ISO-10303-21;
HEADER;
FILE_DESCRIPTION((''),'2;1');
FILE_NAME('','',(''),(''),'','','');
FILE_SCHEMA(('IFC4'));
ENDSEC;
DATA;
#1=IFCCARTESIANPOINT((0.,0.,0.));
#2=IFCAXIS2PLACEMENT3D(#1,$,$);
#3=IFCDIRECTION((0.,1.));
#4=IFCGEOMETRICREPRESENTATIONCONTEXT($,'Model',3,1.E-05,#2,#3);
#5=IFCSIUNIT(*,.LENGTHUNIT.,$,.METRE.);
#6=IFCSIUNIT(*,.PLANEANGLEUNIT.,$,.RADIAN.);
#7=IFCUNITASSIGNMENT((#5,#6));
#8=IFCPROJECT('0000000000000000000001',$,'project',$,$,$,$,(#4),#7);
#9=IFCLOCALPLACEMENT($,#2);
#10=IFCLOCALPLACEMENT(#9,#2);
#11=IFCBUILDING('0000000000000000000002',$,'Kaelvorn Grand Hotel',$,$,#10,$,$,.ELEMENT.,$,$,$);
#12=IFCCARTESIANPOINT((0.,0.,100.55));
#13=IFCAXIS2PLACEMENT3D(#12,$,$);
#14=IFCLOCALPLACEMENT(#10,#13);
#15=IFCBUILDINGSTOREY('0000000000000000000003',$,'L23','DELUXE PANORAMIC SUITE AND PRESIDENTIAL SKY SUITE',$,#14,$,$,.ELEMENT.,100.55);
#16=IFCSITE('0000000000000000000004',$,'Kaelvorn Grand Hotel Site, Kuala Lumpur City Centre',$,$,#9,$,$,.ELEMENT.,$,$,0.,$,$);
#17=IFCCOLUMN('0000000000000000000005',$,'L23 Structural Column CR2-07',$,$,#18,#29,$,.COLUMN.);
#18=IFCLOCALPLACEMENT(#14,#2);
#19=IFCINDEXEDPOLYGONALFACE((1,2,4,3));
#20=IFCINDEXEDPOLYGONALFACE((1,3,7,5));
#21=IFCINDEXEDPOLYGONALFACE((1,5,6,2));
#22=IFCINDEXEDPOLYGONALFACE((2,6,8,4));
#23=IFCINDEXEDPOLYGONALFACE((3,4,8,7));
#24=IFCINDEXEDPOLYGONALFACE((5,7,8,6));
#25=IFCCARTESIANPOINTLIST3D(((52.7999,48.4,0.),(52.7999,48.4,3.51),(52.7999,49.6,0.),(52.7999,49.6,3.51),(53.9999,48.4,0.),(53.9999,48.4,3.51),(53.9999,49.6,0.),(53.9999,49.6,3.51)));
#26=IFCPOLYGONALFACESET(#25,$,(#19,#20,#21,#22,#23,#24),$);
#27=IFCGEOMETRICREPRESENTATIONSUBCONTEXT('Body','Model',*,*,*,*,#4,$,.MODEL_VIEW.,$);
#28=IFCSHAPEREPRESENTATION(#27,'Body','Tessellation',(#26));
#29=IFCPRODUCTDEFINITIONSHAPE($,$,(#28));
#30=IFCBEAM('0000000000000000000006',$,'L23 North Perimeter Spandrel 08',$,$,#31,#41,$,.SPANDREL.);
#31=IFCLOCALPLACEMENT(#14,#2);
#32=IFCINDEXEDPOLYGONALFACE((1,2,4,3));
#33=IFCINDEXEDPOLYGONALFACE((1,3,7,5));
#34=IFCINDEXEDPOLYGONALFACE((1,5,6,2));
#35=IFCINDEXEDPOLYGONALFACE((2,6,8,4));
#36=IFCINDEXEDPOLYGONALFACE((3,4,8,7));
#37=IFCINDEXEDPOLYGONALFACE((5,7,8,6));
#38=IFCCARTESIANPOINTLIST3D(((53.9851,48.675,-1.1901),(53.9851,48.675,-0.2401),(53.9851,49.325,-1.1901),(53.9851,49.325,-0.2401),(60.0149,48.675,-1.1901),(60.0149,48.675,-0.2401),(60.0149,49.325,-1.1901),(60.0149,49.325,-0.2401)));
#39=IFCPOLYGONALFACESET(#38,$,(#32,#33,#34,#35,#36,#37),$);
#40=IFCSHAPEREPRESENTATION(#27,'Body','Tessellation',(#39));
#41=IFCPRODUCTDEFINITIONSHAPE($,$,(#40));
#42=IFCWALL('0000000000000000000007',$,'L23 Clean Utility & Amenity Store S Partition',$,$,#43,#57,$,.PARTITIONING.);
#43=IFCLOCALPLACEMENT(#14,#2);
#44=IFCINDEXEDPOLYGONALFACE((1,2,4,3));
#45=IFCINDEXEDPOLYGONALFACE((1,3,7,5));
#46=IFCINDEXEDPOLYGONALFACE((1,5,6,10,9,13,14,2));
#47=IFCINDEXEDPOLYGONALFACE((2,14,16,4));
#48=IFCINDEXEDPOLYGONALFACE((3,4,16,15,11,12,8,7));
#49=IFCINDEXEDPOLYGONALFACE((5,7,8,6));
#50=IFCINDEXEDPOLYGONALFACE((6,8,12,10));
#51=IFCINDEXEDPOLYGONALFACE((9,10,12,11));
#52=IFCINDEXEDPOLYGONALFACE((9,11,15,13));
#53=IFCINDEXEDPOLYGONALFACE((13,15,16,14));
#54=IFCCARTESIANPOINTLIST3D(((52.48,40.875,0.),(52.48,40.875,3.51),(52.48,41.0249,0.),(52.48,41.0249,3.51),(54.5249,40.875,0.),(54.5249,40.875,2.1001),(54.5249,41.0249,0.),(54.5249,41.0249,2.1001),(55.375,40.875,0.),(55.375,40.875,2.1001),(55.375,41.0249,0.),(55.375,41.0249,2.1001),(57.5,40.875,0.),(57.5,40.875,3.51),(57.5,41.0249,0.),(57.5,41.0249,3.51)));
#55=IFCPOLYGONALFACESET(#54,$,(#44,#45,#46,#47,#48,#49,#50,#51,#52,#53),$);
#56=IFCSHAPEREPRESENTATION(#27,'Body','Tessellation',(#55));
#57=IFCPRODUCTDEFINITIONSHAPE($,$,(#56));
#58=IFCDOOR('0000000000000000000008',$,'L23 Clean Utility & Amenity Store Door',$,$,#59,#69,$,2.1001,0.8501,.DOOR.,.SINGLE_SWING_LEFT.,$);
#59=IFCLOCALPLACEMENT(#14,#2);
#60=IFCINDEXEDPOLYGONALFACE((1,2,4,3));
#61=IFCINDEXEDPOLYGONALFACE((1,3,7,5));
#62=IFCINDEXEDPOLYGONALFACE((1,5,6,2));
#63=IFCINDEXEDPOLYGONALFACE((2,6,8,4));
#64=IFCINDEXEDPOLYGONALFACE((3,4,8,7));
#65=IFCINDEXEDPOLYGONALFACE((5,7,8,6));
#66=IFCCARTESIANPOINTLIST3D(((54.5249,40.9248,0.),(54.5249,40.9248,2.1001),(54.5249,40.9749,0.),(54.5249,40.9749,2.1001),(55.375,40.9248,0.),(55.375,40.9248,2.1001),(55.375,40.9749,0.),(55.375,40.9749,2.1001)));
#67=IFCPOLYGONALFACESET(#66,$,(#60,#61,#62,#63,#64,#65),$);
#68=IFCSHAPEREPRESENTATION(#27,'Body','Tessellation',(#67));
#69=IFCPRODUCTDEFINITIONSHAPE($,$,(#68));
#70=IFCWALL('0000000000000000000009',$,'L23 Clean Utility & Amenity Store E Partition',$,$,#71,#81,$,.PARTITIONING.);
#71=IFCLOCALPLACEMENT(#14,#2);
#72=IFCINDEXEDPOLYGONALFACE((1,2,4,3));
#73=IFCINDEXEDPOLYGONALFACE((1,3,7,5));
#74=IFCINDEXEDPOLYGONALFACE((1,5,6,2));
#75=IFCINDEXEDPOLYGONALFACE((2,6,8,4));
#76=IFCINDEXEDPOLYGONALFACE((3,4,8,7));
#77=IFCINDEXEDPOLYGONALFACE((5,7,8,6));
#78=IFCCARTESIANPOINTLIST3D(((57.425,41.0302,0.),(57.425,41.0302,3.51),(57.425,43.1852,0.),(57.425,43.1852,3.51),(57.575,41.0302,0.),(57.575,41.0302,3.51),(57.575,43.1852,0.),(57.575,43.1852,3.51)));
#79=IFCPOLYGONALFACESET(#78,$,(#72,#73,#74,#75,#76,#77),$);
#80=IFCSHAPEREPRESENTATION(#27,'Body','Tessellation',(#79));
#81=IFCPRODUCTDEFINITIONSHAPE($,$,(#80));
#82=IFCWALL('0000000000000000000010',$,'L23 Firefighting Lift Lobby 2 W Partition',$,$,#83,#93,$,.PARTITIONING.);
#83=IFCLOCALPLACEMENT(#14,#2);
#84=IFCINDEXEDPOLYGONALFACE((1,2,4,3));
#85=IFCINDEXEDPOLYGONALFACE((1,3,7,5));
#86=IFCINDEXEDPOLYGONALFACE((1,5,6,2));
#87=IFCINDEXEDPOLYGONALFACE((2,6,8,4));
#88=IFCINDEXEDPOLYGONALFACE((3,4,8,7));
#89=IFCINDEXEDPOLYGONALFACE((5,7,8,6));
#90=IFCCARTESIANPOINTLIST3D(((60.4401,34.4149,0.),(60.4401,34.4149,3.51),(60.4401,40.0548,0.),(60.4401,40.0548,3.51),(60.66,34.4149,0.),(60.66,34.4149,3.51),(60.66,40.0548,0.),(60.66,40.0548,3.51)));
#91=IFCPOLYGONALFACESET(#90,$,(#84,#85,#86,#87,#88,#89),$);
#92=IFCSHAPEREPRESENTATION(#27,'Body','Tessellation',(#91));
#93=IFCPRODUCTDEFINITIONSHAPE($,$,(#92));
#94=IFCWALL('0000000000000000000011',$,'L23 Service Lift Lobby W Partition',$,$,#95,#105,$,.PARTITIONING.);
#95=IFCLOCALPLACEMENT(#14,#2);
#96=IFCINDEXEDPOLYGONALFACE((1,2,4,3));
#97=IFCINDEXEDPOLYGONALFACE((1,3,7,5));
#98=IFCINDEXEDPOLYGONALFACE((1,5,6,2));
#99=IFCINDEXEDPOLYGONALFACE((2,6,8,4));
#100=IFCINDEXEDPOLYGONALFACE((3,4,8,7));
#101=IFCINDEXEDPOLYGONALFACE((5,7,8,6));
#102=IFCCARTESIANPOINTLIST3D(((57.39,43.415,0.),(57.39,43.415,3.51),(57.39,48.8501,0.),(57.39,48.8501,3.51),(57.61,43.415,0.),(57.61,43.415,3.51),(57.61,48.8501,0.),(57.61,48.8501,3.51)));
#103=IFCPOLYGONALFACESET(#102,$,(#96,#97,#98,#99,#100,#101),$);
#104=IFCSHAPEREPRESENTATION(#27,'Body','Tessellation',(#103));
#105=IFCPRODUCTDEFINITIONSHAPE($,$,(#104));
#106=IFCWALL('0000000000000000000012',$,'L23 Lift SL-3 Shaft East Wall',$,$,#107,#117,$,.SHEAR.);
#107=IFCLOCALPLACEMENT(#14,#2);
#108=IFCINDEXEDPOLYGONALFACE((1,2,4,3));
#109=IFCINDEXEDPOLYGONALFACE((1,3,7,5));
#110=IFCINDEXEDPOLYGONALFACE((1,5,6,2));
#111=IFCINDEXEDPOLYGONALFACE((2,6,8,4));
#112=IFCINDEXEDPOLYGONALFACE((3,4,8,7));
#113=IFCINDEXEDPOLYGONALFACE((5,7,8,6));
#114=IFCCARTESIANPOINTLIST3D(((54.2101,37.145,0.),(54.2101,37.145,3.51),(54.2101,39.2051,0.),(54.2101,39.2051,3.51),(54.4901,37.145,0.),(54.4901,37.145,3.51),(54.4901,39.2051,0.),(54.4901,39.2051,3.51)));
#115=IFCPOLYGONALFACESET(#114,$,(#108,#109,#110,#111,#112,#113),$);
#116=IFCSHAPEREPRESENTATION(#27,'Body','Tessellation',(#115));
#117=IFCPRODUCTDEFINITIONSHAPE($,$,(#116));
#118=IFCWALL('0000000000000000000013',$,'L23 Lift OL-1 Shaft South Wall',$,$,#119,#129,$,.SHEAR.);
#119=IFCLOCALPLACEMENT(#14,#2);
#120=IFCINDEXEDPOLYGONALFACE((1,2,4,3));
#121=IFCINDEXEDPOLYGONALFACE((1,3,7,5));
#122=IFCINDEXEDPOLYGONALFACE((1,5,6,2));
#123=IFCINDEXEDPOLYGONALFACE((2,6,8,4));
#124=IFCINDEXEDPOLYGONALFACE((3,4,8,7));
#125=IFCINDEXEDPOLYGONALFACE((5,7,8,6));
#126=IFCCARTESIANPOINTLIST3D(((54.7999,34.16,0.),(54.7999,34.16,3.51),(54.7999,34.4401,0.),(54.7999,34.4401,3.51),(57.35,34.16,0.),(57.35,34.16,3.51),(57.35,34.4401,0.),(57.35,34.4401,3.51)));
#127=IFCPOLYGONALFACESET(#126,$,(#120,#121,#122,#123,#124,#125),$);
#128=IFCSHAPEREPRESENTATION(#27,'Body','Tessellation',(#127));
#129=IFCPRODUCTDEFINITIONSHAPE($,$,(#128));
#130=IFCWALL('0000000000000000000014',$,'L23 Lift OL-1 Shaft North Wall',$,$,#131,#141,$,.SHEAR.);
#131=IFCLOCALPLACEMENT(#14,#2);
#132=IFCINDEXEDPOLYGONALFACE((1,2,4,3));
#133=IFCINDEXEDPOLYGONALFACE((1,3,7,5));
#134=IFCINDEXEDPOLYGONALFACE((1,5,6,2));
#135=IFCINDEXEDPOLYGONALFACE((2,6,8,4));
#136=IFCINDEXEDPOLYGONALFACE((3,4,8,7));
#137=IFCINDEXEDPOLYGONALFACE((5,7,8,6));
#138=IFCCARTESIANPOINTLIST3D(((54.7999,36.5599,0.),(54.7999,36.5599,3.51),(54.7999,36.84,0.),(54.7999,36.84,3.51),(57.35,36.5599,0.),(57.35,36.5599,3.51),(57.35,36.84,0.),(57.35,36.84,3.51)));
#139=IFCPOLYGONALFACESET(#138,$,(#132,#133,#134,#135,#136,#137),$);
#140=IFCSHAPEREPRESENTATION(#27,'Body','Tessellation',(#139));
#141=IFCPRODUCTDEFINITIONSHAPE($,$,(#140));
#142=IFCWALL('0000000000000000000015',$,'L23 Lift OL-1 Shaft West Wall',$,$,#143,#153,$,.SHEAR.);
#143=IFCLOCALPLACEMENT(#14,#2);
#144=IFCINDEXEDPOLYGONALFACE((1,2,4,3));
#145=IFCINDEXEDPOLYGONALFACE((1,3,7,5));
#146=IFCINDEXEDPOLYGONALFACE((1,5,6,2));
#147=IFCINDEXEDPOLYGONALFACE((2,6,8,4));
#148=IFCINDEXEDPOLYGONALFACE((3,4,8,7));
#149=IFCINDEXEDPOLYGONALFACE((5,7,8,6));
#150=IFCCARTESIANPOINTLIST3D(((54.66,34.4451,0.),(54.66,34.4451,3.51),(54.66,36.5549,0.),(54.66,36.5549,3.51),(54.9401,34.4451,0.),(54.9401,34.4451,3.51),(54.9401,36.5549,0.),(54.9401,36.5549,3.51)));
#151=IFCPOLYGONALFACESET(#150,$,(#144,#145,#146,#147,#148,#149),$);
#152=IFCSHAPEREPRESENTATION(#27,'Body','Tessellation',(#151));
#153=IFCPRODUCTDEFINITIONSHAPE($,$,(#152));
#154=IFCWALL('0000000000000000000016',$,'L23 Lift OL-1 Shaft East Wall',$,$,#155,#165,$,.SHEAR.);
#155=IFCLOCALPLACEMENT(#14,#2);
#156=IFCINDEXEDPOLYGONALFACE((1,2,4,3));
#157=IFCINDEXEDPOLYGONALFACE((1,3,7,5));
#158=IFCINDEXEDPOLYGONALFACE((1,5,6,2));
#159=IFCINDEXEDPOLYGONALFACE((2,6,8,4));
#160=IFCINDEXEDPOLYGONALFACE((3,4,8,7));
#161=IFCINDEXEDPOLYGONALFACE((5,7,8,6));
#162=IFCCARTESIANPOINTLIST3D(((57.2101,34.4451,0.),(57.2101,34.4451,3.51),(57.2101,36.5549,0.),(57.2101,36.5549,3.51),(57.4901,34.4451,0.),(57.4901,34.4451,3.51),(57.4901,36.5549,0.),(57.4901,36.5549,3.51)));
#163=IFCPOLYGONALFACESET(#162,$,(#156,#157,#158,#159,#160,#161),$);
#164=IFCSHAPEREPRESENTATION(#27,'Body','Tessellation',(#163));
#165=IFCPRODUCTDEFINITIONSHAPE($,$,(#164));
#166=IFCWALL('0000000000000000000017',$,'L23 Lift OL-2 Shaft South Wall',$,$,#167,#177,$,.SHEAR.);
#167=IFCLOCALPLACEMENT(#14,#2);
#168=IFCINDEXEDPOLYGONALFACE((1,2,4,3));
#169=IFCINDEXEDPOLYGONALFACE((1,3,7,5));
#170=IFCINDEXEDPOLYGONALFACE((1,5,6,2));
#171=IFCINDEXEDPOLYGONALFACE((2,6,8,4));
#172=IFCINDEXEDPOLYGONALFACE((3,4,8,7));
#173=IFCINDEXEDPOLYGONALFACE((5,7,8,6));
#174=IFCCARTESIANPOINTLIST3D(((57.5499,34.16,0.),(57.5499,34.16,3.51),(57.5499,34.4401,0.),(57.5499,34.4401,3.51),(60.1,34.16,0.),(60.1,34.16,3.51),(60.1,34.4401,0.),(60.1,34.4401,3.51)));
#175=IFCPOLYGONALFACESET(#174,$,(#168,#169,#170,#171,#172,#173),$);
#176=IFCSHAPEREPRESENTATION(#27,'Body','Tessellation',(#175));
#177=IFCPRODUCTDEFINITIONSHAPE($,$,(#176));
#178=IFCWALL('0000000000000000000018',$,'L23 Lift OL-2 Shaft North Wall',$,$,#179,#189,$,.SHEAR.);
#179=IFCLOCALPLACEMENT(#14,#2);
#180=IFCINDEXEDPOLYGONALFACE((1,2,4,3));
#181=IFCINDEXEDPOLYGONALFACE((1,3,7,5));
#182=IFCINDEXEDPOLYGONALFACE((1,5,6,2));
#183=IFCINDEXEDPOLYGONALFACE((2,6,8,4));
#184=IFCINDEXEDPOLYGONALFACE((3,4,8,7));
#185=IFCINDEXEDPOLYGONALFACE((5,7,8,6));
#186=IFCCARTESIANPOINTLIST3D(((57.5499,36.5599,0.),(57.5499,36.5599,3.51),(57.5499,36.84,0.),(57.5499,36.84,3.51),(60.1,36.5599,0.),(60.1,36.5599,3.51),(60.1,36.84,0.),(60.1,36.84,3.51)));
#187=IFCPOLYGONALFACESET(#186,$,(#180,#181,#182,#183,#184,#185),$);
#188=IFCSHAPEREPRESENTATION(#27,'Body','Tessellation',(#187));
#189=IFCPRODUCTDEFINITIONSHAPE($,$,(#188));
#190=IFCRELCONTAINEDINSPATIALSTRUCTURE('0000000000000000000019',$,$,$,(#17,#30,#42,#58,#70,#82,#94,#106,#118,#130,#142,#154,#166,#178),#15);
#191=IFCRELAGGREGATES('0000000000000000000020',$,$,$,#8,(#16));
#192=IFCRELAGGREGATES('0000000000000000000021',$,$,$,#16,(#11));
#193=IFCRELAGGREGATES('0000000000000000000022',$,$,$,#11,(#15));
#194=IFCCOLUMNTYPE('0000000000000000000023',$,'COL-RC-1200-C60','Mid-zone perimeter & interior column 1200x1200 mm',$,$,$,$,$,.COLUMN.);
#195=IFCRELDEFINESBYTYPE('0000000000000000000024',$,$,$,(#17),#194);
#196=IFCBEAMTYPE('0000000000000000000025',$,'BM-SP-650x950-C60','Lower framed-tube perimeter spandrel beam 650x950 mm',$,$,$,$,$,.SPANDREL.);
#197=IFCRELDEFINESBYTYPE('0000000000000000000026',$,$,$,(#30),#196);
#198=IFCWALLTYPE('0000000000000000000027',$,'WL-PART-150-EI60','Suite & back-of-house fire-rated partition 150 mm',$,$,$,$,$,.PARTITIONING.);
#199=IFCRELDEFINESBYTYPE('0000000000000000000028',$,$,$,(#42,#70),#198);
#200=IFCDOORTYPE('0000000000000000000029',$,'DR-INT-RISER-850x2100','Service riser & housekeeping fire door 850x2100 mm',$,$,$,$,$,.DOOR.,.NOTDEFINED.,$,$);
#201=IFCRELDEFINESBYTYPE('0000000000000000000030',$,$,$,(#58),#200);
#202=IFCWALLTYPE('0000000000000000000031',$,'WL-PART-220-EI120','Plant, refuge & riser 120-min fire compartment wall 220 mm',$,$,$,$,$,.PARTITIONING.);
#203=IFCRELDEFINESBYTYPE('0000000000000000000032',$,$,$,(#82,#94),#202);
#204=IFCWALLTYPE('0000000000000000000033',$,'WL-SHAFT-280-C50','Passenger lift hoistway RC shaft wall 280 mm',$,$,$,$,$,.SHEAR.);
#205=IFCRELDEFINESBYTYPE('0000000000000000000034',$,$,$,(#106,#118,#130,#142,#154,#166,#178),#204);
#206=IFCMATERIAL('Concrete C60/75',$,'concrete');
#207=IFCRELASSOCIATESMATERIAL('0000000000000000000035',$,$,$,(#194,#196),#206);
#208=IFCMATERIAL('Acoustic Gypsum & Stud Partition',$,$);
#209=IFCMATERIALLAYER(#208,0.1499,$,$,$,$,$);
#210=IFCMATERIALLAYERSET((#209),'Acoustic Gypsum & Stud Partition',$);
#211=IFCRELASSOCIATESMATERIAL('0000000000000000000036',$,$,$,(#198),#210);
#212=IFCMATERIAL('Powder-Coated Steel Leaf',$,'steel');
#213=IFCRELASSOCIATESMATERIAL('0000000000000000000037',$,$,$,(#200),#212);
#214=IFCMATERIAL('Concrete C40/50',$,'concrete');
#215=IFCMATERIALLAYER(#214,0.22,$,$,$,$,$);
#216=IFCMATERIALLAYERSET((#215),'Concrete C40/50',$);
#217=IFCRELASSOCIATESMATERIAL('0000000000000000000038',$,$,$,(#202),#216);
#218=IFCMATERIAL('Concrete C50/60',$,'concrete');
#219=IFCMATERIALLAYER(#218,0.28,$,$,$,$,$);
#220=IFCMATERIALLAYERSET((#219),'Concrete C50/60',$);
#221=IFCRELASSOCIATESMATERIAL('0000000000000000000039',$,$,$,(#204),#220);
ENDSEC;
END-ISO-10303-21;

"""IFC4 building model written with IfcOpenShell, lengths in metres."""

from ifc_helpers import new_model, si_unit, direction, frame, frame_2d, origin, origin_2d, place, context, subcontext, project, spatial, rectangle, extrude, material, layer, layer_set, material_profile, profile_set, type_object, element, fill, save


model = new_model("IFC4")

# Units and contexts
model_context = context("Model", 3, precision=1e-05, world=origin(), true_north=direction((0.0, 1.0)))
body_context = subcontext(model_context, "Body", "Model", "MODEL_VIEW")
ifc_project = project(units=[si_unit("LENGTHUNIT", "METRE"), si_unit("PLANEANGLEUNIT", "RADIAN")], contexts=[model_context])

# Site, building, storey
site_placement = place(None, origin())
site = spatial("IfcSite", under=ifc_project, at=site_placement, Name="Kaelvorn Grand Hotel Site, Kuala Lumpur City Centre", CompositionType="ELEMENT", RefElevation=0.0)
building_placement = place(site_placement, origin())
building = spatial("IfcBuilding", under=site, at=building_placement, Name="Kaelvorn Grand Hotel", CompositionType="ELEMENT")
storey_placement = place(building_placement, frame((0.0, 0.0, 100.55)))
storey = spatial("IfcBuildingStorey", under=building, at=storey_placement, Name="L23", Description="DELUXE PANORAMIC SUITE AND PRESIDENTIAL SKY SUITE", CompositionType="ELEMENT", Elevation=100.55)

# Column
ifc_material_1 = material(Name="Concrete C60/75", Category="concrete")
ifc_material_profile_1 = material_profile(ifc_material_1, rectangle(XDim=1.2, YDim=1.2, at=origin_2d()), Name="RC COL 1200x1200")
ifc_profile_set_1 = profile_set([ifc_material_profile_1], Name="Concrete C60/75")
column_type = type_object("IfcColumnType", Name="COL-RC-1200-C60", Description="Mid-zone perimeter & interior column 1200x1200 mm", PredefinedType="COLUMN", material=ifc_profile_set_1)
column_placement = place(storey_placement, frame((53.3999, 49.0, 0.0), z_axis=(0.0, 0.0, 1.0), x_axis=(1.0, 0.0, 0.0)))
element("IfcColumn", 1, at=column_placement, inside=storey, type_object=column_type, Name="L23 Structural Column CR2-07", PredefinedType="COLUMN", context=body_context, shape_type="SweptSolid", body=[
    extrude(rectangle(XDim=1.2, YDim=1.2, at=origin_2d()), origin(), (0.0, 0.0, 1.0), 3.51),
])

# Beam
ifc_material_profile_2 = material_profile(ifc_material_1, rectangle(XDim=0.6499, YDim=0.95, at=origin_2d()), Name="RC SPANDREL 650x950")
ifc_profile_set_2 = profile_set([ifc_material_profile_2], Name="Concrete C60/75")
beam_type = type_object("IfcBeamType", Name="BM-SP-650x950-C60", Description="Lower framed-tube perimeter spandrel beam 650x950 mm", PredefinedType="SPANDREL", material=ifc_profile_set_2)
beam_placement = place(storey_placement, frame((53.9851, 49.0, -0.7151), z_axis=(1.0, 0.0, 0.0), x_axis=(0.0, 1.0, 0.0)))
element("IfcBeam", 2, at=beam_placement, inside=storey, type_object=beam_type, Name="L23 North Perimeter Spandrel 08", PredefinedType="SPANDREL", context=body_context, shape_type="SweptSolid", body=[
    extrude(rectangle(XDim=0.6499, YDim=0.95, at=origin_2d()), origin(), (0.0, 0.0, 1.0), 6.0298),
])

# Wall, opening, door
ifc_material_2 = material(Name="Acoustic Gypsum & Stud Partition")
ifc_layer_1 = layer(ifc_material_2, 0.1499)
ifc_layer_set_1 = layer_set([ifc_layer_1], Name="Acoustic Gypsum & Stud Partition")
wall_type_1 = type_object("IfcWallType", Name="WL-PART-150-EI60", Description="Suite & back-of-house fire-rated partition 150 mm", PredefinedType="PARTITIONING", material=ifc_layer_set_1)
wall_1_placement = place(storey_placement, frame((52.48, 40.95, 0.0), z_axis=(0.0, 0.0, 1.0), x_axis=(1.0, 0.0, 0.0)))
wall_1 = element("IfcWall", 3, at=wall_1_placement, inside=storey, type_object=wall_type_1, Name="L23 Clean Utility & Amenity Store S Partition", PredefinedType="PARTITIONING", context=body_context, shape_type="SweptSolid", body=[
    extrude(rectangle(XDim=5.02, YDim=0.1499, at=frame_2d((2.51, 0.0))), origin(), (0.0, 0.0, 1.0), 3.51),
])
opening_1_placement = place(wall_1_placement, frame((2.0449, 0.0, 0.0)))
opening_1 = element("IfcOpeningElement", 4, at=opening_1_placement, cuts=wall_1, PredefinedType="OPENING", context=body_context, shape_type="SweptSolid", body=[
    extrude(rectangle(XDim=0.8501, YDim=2.1001, at=frame_2d((0.425, 1.05))), frame((0.0, 0.085, 0.0), z_axis=(0.0, -1.0, 0.0), x_axis=(1.0, 0.0, 0.0)), (0.0, 0.0, 1.0), 0.1699),
])
ifc_material_3 = material(Name="Powder-Coated Steel Leaf", Category="steel")
door_type_1 = type_object("IfcDoorType", Name="DR-INT-RISER-850x2100", Description="Service riser & housekeeping fire door 850x2100 mm", OperationType="NOTDEFINED", PredefinedType="DOOR", material=ifc_material_3)
door_1_placement = place(opening_1_placement, origin())
door_1 = element("IfcDoor", 5, at=door_1_placement, inside=storey, type_object=door_type_1, Name="L23 Clean Utility & Amenity Store Door", OperationType="SINGLE_SWING_LEFT", OverallHeight=2.1001, OverallWidth=0.8501, PredefinedType="DOOR", context=body_context, shape_type="SweptSolid", body=[
    extrude(rectangle(XDim=0.8501, YDim=2.1001, at=frame_2d((0.425, 1.05))), frame((0.0, 0.0249, 0.0), z_axis=(0.0, -1.0, 0.0), x_axis=(1.0, 0.0, 0.0)), (0.0, 0.0, 1.0), 0.05),
])
fill(opening_1, door_1)

# Wall
wall_2_placement = place(storey_placement, frame((57.5, 41.03, 0.0), z_axis=(0.0, 0.0, 1.0), x_axis=(0.0, 1.0, 0.0)))
element("IfcWall", 6, at=wall_2_placement, inside=storey, type_object=wall_type_1, Name="L23 Clean Utility & Amenity Store E Partition", PredefinedType="PARTITIONING", context=body_context, shape_type="SweptSolid", body=[
    extrude(rectangle(XDim=2.155, YDim=0.1499, at=frame_2d((1.0776, 0.0))), origin(), (0.0, 0.0, 1.0), 3.51),
])

# Shared definitions
ifc_material_4 = material(Name="Concrete C40/50", Category="concrete")
ifc_layer_2 = layer(ifc_material_4, 0.22)
ifc_layer_set_2 = layer_set([ifc_layer_2], Name="Concrete C40/50")
wall_type_2 = type_object("IfcWallType", Name="WL-PART-220-EI120", Description="Plant, refuge & riser 120-min fire compartment wall 220 mm", PredefinedType="PARTITIONING", material=ifc_layer_set_2)

# Wall
wall_3_placement = place(storey_placement, frame((60.55, 34.415, 0.0), z_axis=(0.0, 0.0, 1.0), x_axis=(0.0, 1.0, 0.0)))
element("IfcWall", 7, at=wall_3_placement, inside=storey, type_object=wall_type_2, Name="L23 Firefighting Lift Lobby 2 W Partition", PredefinedType="PARTITIONING", context=body_context, shape_type="SweptSolid", body=[
    extrude(rectangle(XDim=5.6399, YDim=0.22, at=frame_2d((2.8198, 0.0))), origin(), (0.0, 0.0, 1.0), 3.51),
])

# Walls
wall_4_placement = place(storey_placement, frame((57.5, 43.415, 0.0), z_axis=(0.0, 0.0, 1.0), x_axis=(0.0, 1.0, 0.0)))
element("IfcWall", 8, at=wall_4_placement, inside=storey, type_object=wall_type_2, Name="L23 Service Lift Lobby W Partition", PredefinedType="PARTITIONING", context=body_context, shape_type="SweptSolid", body=[
    extrude(rectangle(XDim=5.4351, YDim=0.22, at=frame_2d((2.7175, 0.0))), origin(), (0.0, 0.0, 1.0), 3.51),
])
ifc_material_5 = material(Name="Concrete C50/60", Category="concrete")
ifc_layer_3 = layer(ifc_material_5, 0.28)
ifc_layer_set_3 = layer_set([ifc_layer_3], Name="Concrete C50/60")
wall_type_3 = type_object("IfcWallType", Name="WL-SHAFT-280-C50", Description="Passenger lift hoistway RC shaft wall 280 mm", PredefinedType="SHEAR", material=ifc_layer_set_3)
wall_5_placement = place(storey_placement, frame((54.3501, 37.145, 0.0), z_axis=(0.0, 0.0, 1.0), x_axis=(0.0, 1.0, 0.0)))
element("IfcWall", 9, at=wall_5_placement, inside=storey, type_object=wall_type_3, Name="L23 Lift SL-3 Shaft East Wall", PredefinedType="SHEAR", context=body_context, shape_type="SweptSolid", body=[
    extrude(rectangle(XDim=2.0601, YDim=0.28, at=frame_2d((1.03, 0.0))), origin(), (0.0, 0.0, 1.0), 3.51),
])
for number, where, z_axis, x_axis, name in (
    (10, (54.8, 34.3, 0.0), (0.0, 0.0, 1.0), (1.0, 0.0, 0.0), "L23 Lift OL-1 Shaft South Wall"),
    (11, (54.8, 36.7, 0.0), (0.0, 0.0, 1.0), (1.0, 0.0, 0.0), "L23 Lift OL-1 Shaft North Wall"),
):
    element("IfcWall", number, at=place(storey_placement, frame(where, z_axis=z_axis, x_axis=x_axis)), inside=storey, type_object=wall_type_3, Name=name, PredefinedType="SHEAR", context=body_context, shape_type="SweptSolid", body=[
        extrude(rectangle(XDim=2.55, YDim=0.28, at=frame_2d((1.2749, 0.0))), origin(), (0.0, 0.0, 1.0), 3.51),
    ])
for number, where, z_axis, x_axis, name in (
    (12, (54.8, 34.4451, 0.0), (0.0, 0.0, 1.0), (0.0, 1.0, 0.0), "L23 Lift OL-1 Shaft West Wall"),
    (13, (57.3501, 34.4451, 0.0), (0.0, 0.0, 1.0), (0.0, 1.0, 0.0), "L23 Lift OL-1 Shaft East Wall"),
):
    element("IfcWall", number, at=place(storey_placement, frame(where, z_axis=z_axis, x_axis=x_axis)), inside=storey, type_object=wall_type_3, Name=name, PredefinedType="SHEAR", context=body_context, shape_type="SweptSolid", body=[
        extrude(rectangle(XDim=2.1099, YDim=0.28, at=frame_2d((1.0549, 0.0))), origin(), (0.0, 0.0, 1.0), 3.51),
    ])
for number, where, z_axis, x_axis, name in (
    (14, (57.55, 34.3, 0.0), (0.0, 0.0, 1.0), (1.0, 0.0, 0.0), "L23 Lift OL-2 Shaft South Wall"),
    (15, (57.55, 36.7, 0.0), (0.0, 0.0, 1.0), (1.0, 0.0, 0.0), "L23 Lift OL-2 Shaft North Wall"),
):
    element("IfcWall", number, at=place(storey_placement, frame(where, z_axis=z_axis, x_axis=x_axis)), inside=storey, type_object=wall_type_3, Name=name, PredefinedType="SHEAR", context=body_context, shape_type="SweptSolid", body=[
        extrude(rectangle(XDim=2.55, YDim=0.28, at=frame_2d((1.2749, 0.0))), origin(), (0.0, 0.0, 1.0), 3.51),
    ])

save(model, "model.ifc")
